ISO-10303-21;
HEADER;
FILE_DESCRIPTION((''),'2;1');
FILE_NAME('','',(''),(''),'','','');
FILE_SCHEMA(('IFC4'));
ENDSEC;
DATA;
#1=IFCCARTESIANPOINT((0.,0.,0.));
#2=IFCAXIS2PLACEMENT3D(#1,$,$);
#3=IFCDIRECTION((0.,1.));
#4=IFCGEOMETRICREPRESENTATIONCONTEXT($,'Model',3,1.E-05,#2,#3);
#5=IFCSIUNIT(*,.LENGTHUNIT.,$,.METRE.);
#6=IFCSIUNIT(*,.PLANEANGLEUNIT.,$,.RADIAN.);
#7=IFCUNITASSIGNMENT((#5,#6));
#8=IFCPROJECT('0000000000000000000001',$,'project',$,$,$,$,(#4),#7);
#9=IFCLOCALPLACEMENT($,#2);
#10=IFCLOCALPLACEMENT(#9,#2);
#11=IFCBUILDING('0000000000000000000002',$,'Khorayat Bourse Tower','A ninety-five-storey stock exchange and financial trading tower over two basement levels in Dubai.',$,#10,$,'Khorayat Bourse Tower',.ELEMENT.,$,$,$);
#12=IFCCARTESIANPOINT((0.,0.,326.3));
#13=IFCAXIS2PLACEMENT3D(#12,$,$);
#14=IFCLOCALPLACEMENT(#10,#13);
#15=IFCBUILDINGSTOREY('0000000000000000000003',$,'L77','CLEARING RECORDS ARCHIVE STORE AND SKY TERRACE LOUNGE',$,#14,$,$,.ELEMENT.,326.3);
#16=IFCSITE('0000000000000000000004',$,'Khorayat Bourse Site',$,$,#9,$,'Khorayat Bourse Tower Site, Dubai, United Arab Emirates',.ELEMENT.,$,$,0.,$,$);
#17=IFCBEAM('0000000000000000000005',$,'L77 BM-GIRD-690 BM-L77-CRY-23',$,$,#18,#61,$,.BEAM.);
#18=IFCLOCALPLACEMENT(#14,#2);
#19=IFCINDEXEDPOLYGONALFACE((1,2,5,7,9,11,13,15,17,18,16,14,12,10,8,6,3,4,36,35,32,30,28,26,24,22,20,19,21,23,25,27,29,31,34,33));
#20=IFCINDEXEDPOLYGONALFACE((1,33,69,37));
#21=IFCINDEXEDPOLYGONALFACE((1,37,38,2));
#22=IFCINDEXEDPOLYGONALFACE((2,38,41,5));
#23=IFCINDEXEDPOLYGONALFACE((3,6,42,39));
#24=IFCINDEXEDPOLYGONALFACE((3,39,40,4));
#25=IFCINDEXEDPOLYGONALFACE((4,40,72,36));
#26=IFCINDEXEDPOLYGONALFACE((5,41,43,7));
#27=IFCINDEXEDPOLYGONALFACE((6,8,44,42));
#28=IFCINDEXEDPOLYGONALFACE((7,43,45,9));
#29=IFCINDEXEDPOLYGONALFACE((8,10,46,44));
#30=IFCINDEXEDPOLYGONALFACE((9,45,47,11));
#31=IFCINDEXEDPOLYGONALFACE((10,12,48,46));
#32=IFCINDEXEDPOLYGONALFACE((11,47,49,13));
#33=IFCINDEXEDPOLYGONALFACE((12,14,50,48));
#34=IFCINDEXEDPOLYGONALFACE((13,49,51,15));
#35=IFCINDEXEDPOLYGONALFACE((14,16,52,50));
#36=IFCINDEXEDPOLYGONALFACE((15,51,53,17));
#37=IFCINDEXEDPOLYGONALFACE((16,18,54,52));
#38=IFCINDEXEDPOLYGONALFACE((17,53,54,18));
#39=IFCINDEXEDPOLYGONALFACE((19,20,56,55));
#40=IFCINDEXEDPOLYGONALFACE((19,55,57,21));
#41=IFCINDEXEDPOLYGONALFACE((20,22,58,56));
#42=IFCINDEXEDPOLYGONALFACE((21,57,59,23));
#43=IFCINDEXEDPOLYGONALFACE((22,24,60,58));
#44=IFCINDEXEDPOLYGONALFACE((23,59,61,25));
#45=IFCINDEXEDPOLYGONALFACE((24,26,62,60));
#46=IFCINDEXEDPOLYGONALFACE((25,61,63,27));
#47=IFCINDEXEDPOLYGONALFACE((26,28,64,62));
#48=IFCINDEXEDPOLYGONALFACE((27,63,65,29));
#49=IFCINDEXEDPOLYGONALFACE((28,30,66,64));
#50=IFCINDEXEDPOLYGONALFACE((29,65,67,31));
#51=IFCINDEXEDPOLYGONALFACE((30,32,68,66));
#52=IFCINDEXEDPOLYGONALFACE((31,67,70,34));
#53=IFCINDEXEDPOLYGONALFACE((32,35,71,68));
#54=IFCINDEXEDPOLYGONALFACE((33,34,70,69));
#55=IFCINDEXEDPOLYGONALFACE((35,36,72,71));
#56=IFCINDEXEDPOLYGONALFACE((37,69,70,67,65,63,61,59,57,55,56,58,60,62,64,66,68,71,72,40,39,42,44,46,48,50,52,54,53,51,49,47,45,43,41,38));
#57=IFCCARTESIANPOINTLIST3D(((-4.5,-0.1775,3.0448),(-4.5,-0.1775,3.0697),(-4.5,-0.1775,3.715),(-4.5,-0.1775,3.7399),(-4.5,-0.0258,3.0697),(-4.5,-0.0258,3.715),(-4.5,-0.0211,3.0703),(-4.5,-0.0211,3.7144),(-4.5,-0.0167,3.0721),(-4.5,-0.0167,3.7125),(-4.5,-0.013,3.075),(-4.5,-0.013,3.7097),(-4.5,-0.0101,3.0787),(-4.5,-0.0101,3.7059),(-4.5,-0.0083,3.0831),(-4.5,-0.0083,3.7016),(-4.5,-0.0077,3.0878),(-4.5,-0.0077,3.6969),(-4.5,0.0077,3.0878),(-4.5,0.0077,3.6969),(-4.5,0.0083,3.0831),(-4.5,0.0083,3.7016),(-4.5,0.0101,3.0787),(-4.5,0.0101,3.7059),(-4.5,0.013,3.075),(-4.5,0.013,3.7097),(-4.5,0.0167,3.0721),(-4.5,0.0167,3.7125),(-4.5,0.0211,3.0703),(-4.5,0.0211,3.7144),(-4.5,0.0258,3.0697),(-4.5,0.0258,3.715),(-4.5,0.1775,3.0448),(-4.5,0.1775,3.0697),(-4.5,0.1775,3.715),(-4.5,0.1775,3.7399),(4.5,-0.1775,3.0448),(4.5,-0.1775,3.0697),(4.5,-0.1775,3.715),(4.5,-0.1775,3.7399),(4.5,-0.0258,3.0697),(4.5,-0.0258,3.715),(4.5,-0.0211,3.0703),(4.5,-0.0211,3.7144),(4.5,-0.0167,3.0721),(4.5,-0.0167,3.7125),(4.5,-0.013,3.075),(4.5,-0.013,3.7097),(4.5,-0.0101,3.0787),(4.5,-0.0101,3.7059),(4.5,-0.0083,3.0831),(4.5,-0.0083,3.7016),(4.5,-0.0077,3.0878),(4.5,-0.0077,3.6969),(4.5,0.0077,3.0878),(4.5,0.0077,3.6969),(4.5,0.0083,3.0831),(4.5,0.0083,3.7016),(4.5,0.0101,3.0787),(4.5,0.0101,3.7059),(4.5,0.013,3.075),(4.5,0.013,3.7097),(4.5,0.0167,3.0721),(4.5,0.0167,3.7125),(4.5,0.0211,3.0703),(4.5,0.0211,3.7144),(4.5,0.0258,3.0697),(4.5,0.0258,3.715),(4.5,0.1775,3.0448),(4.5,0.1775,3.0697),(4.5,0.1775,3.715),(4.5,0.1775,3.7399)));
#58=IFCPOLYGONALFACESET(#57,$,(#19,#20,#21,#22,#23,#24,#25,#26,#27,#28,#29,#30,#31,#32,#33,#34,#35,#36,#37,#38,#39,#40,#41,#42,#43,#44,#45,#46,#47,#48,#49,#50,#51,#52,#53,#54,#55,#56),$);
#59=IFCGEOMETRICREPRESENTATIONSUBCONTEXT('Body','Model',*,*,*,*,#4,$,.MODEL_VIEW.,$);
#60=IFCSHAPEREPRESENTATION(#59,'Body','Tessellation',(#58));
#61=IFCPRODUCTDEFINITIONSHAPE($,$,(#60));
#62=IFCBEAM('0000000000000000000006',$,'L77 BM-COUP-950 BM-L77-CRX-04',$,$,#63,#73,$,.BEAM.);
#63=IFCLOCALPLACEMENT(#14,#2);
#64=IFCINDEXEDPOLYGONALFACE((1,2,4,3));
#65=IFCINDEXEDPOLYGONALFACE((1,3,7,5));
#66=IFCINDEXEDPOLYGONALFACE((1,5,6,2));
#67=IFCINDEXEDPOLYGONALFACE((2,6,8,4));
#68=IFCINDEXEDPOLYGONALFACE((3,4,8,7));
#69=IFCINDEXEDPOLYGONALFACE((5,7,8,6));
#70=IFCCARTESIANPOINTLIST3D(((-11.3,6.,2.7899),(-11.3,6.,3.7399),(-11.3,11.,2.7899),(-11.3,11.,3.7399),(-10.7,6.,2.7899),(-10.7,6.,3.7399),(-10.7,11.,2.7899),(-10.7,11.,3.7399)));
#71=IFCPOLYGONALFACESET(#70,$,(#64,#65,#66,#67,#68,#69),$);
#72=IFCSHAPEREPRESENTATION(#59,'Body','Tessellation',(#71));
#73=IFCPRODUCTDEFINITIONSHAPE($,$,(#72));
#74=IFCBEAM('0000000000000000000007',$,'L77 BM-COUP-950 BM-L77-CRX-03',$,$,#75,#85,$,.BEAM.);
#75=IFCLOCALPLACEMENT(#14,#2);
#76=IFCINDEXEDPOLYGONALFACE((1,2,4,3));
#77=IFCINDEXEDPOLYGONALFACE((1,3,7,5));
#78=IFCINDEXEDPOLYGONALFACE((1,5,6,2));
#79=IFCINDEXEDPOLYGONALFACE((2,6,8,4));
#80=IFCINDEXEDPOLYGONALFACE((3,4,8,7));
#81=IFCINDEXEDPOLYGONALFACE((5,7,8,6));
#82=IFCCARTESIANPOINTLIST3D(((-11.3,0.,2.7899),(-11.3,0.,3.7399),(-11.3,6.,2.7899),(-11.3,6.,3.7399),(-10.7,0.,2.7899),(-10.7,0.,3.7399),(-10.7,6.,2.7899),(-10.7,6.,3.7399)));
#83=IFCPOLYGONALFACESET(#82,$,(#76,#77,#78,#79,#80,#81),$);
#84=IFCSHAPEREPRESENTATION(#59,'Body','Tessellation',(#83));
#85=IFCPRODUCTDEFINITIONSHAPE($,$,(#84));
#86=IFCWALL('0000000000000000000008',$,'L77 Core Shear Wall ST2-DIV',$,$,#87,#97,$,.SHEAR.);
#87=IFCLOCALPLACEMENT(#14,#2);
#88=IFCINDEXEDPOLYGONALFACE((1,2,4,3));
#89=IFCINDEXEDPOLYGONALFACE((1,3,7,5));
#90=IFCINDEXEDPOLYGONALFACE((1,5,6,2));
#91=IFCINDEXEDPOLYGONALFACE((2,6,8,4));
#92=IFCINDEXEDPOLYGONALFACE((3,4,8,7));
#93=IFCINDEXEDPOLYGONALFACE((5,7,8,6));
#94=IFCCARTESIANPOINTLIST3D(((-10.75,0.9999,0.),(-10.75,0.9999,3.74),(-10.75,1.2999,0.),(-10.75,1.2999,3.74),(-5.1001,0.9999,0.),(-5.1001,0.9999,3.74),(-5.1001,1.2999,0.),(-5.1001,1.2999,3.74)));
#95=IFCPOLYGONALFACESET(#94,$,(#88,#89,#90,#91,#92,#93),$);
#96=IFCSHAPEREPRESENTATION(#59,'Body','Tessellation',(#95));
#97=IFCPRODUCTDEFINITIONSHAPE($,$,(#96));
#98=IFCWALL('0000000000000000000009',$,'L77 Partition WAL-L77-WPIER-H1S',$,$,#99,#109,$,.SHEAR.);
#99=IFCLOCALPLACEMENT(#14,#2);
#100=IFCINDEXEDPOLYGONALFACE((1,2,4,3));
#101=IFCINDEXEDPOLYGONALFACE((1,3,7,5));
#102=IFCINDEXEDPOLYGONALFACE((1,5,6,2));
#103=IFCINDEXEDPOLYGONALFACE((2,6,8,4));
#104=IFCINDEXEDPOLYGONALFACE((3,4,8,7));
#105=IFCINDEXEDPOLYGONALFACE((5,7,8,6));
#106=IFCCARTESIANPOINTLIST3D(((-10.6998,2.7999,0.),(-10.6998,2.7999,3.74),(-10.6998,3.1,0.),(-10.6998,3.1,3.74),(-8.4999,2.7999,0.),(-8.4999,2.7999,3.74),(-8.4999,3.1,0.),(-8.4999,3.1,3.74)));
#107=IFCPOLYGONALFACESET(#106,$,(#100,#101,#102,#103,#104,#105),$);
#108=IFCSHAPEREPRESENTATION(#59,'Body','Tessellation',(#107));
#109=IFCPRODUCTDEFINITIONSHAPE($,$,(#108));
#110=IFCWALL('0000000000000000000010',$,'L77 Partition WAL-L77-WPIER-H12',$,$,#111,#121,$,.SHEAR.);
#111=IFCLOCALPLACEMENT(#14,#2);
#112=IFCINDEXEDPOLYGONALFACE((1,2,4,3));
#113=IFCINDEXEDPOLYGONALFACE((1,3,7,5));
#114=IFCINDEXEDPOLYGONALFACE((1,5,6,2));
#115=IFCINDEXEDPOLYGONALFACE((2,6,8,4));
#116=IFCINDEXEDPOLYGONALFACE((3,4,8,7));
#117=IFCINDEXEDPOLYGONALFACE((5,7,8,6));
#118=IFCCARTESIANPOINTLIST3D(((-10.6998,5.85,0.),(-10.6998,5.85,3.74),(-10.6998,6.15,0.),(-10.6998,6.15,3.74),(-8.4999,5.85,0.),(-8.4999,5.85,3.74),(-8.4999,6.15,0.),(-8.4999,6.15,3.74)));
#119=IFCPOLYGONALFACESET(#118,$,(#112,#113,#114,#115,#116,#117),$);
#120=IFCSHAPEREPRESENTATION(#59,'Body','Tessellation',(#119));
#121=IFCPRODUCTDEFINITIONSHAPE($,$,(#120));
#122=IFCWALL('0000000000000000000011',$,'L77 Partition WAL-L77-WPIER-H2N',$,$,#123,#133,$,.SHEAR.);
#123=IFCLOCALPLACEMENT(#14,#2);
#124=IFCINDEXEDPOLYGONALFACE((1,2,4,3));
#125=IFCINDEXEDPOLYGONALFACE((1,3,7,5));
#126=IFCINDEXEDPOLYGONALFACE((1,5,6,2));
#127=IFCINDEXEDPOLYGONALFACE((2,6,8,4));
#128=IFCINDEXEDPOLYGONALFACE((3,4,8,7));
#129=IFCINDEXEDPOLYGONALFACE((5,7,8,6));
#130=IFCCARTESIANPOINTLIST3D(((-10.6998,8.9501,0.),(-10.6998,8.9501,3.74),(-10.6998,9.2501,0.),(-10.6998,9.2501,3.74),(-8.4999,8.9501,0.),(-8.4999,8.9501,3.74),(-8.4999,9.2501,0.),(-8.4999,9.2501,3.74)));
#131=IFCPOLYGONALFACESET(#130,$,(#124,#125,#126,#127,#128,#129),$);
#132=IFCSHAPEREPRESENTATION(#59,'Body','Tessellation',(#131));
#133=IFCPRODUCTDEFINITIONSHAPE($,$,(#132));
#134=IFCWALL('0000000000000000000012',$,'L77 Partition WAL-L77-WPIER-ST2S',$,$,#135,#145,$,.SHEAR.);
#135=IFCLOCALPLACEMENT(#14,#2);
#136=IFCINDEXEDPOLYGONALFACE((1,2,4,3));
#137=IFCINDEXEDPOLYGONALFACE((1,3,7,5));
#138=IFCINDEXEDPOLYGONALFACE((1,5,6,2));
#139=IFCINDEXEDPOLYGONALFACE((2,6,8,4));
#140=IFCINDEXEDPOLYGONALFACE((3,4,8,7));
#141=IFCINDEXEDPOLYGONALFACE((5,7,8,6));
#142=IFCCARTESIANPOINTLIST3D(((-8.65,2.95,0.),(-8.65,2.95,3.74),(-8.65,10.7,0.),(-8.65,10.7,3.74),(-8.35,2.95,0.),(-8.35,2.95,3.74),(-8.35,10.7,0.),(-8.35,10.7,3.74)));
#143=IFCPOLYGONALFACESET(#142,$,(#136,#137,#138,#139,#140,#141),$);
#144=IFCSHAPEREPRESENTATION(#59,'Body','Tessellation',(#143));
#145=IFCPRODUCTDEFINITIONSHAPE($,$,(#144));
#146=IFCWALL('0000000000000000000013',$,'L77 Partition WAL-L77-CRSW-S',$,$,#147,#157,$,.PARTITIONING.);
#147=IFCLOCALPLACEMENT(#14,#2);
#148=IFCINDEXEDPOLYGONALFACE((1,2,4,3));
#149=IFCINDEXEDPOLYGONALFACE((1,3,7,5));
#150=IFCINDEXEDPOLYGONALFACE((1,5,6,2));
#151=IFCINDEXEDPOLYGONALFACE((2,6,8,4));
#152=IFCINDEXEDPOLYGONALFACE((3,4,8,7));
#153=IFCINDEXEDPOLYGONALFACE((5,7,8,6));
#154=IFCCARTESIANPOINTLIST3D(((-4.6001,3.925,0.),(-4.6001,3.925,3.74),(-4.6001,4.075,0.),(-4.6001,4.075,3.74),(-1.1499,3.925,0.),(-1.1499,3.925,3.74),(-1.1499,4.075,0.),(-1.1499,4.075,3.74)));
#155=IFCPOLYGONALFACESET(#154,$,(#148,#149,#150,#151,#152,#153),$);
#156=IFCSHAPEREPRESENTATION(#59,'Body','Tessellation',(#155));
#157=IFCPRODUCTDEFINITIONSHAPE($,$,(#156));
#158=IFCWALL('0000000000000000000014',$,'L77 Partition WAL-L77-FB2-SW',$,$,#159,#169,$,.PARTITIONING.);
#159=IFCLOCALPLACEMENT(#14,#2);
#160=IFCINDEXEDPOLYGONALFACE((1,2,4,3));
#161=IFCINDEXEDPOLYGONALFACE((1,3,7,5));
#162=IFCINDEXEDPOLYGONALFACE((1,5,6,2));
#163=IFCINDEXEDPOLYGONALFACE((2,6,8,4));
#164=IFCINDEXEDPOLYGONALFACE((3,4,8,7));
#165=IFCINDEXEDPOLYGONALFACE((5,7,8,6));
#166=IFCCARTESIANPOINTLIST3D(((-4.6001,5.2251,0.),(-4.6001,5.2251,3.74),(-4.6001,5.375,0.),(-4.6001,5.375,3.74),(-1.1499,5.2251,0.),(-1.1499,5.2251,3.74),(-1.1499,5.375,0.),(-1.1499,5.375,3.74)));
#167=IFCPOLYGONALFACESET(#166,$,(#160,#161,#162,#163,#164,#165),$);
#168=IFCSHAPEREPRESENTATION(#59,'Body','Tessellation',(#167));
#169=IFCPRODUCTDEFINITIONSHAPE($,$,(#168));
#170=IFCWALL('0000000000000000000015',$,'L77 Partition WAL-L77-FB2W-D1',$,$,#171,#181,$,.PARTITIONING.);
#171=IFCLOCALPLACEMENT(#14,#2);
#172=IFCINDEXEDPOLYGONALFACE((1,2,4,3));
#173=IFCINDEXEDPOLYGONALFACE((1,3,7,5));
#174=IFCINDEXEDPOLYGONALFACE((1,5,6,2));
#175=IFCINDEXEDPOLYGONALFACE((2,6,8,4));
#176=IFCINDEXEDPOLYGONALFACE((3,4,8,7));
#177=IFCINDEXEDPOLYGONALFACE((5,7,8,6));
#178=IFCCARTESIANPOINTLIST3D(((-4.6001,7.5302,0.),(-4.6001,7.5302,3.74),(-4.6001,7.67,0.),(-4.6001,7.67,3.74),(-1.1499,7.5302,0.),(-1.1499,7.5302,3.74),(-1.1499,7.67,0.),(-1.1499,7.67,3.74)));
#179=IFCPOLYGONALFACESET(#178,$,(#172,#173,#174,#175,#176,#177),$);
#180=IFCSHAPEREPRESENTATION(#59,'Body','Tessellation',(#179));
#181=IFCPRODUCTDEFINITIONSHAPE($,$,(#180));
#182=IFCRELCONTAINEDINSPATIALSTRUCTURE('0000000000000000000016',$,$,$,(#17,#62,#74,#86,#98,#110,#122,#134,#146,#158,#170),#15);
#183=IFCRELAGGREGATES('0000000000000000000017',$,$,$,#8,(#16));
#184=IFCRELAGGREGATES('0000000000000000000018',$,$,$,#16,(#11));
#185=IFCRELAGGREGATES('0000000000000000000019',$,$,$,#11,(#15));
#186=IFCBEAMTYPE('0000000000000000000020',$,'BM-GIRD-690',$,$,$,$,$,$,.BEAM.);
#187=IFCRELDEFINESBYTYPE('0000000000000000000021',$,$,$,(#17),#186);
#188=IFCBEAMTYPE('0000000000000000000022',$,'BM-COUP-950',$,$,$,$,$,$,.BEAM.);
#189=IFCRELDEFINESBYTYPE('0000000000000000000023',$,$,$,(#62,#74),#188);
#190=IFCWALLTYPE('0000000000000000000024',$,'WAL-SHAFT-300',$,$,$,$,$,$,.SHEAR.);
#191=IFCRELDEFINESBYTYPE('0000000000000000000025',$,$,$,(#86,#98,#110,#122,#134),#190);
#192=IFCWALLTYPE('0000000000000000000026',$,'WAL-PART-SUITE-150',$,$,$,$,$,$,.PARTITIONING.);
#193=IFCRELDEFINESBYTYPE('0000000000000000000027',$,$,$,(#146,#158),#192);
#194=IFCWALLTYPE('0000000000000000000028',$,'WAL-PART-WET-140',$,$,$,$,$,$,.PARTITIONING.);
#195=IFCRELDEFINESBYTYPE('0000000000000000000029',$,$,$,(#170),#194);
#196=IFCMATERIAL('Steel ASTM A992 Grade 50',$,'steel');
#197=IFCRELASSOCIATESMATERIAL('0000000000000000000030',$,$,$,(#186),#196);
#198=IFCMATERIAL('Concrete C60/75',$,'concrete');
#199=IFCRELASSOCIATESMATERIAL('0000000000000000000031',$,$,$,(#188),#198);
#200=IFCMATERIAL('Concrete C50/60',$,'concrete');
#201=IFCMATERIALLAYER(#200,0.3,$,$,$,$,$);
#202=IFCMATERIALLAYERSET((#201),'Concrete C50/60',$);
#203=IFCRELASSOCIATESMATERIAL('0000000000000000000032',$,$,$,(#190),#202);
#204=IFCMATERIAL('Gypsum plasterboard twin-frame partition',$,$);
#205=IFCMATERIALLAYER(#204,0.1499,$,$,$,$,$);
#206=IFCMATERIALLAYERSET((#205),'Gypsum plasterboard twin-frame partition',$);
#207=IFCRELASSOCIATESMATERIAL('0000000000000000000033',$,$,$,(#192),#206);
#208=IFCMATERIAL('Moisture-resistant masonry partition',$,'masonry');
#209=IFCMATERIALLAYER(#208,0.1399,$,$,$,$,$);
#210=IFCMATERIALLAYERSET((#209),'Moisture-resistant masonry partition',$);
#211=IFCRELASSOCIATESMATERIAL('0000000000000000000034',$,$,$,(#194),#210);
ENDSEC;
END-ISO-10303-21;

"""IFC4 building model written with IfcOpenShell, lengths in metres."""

from ifc_helpers import new_model, si_unit, direction, frame, frame_2d, origin, origin_2d, place, context, subcontext, project, spatial, rectangle, i_section, extrude, source, transform, mapped, material, layer, layer_set, material_profile, profile_set, type_object, element, save


model = new_model("IFC4")

# Units and contexts
model_context = context("Model", 3, precision=1e-05, world=origin(), true_north=direction((0.0, 1.0)))
body_context = subcontext(model_context, "Body", "Model", "MODEL_VIEW")
ifc_project = project(units=[si_unit("LENGTHUNIT", "METRE"), si_unit("PLANEANGLEUNIT", "RADIAN")], contexts=[model_context])

# Site, building, storey
site_placement = place(None, origin())
site = spatial("IfcSite", under=ifc_project, at=site_placement, Name="Khorayat Bourse Site", LongName="Khorayat Bourse Tower Site, Dubai, United Arab Emirates", CompositionType="ELEMENT", RefElevation=0.0)
building_placement = place(site_placement, origin())
building = spatial("IfcBuilding", under=site, at=building_placement, Name="Khorayat Bourse Tower", Description="A ninety-five-storey stock exchange and financial trading tower over two basement levels in Dubai.", LongName="Khorayat Bourse Tower", CompositionType="ELEMENT")
storey_placement = place(building_placement, frame((0.0, 0.0, 326.3)))
storey = spatial("IfcBuildingStorey", under=building, at=storey_placement, Name="L77", Description="CLEARING RECORDS ARCHIVE STORE AND SKY TERRACE LOUNGE", CompositionType="ELEMENT", Elevation=326.3)

# Beams
ifc_material_1 = material(Name="Steel ASTM A992 Grade 50", Category="steel")
ifc_material_profile_1 = material_profile(ifc_material_1, i_section(OverallWidth=0.355, OverallDepth=0.6951, WebThickness=0.0154, FlangeThickness=0.0249, FilletRadius=0.0181, at=origin_2d()), Name="W690X217")
ifc_profile_set_1 = profile_set([ifc_material_profile_1], Name="Steel ASTM A992 Grade 50")
beam_type_1 = type_object("IfcBeamType", Name="BM-GIRD-690", PredefinedType="BEAM", material=ifc_profile_set_1)
shared_shape_1 = source(origin(), body_context, "Body", "SweptSolid", [
    extrude(i_section(OverallWidth=0.355, OverallDepth=0.6951, WebThickness=0.0154, FlangeThickness=0.0249, FilletRadius=0.0181, at=origin_2d()), origin(), (0.0, 0.0, 1.0), 9.0),
])
beam_1_placement = place(storey_placement, frame((-4.5, 0.0, 3.3923), z_axis=(1.0, 0.0, 0.0), x_axis=(0.0, 1.0, 0.0)))
element("IfcBeam", 1, at=beam_1_placement, inside=storey, type_object=beam_type_1, Name="L77 BM-GIRD-690 BM-L77-CRY-23", PredefinedType="BEAM", context=body_context, shape_type="MappedRepresentation", body=[
    mapped(shared_shape_1, transform((0.0, 0.0, 0.0), scale=1.0)),
])
ifc_material_2 = material(Name="Concrete C60/75", Category="concrete")
ifc_material_profile_2 = material_profile(ifc_material_2, rectangle(XDim=0.6001, YDim=0.95, at=origin_2d()), Name="RC 600x950")
ifc_profile_set_2 = profile_set([ifc_material_profile_2], Name="Concrete C60/75")
beam_type_2 = type_object("IfcBeamType", Name="BM-COUP-950", PredefinedType="BEAM", material=ifc_profile_set_2)
shared_shape_2 = source(origin(), body_context, "Body", "SweptSolid", [
    extrude(rectangle(XDim=0.6001, YDim=0.95, at=origin_2d()), origin(), (0.0, 0.0, 1.0), 5.0),
])
beam_2_placement = place(storey_placement, frame((-11.0, 6.0, 3.2649), z_axis=(0.0, 1.0, 0.0), x_axis=(-1.0, 0.0, 0.0)))
element("IfcBeam", 2, at=beam_2_placement, inside=storey, type_object=beam_type_2, Name="L77 BM-COUP-950 BM-L77-CRX-04", PredefinedType="BEAM", context=body_context, shape_type="MappedRepresentation", body=[
    mapped(shared_shape_2, transform((0.0, 0.0, 0.0), scale=1.0)),
])
shared_shape_3 = source(origin(), body_context, "Body", "SweptSolid", [
    extrude(rectangle(XDim=0.6001, YDim=0.95, at=origin_2d()), origin(), (0.0, 0.0, 1.0), 6.0),
])
beam_3_placement = place(storey_placement, frame((-11.0, 0.0, 3.2649), z_axis=(0.0, 1.0, 0.0), x_axis=(-1.0, 0.0, 0.0)))
element("IfcBeam", 3, at=beam_3_placement, inside=storey, type_object=beam_type_2, Name="L77 BM-COUP-950 BM-L77-CRX-03", PredefinedType="BEAM", context=body_context, shape_type="MappedRepresentation", body=[
    mapped(shared_shape_3, transform((0.0, 0.0, 0.0), scale=1.0)),
])

# Walls
ifc_material_3 = material(Name="Concrete C50/60", Category="concrete")
ifc_layer_1 = layer(ifc_material_3, 0.3)
ifc_layer_set_1 = layer_set([ifc_layer_1], Name="Concrete C50/60")
wall_type_1 = type_object("IfcWallType", Name="WAL-SHAFT-300", PredefinedType="SHEAR", material=ifc_layer_set_1)
shared_shape_4 = source(origin(), body_context, "Body", "SweptSolid", [
    extrude(rectangle(XDim=5.6499, YDim=0.3, at=frame_2d((2.825, 0.0))), origin(), (0.0, 0.0, 1.0), 3.74),
])
wall_1_placement = place(storey_placement, frame((-10.75, 1.1499, 0.0), z_axis=(0.0, 0.0, 1.0), x_axis=(1.0, 0.0, 0.0)))
element("IfcWall", 4, at=wall_1_placement, inside=storey, type_object=wall_type_1, Name="L77 Core Shear Wall ST2-DIV", PredefinedType="SHEAR", context=body_context, shape_type="MappedRepresentation", body=[
    mapped(shared_shape_4, transform((0.0, 0.0, 0.0), scale=1.0)),
])
shared_shape_5 = source(origin(), body_context, "Body", "SweptSolid", [
    extrude(rectangle(XDim=2.2, YDim=0.3, at=frame_2d((1.1001, 0.0))), origin(), (0.0, 0.0, 1.0), 3.74),
])
for number, where, z_axis, x_axis, name in (
    (5, (-10.7, 2.95, 0.0), (0.0, 0.0, 1.0), (1.0, 0.0, 0.0), "L77 Partition WAL-L77-WPIER-H1S"),
    (6, (-10.7, 6.0, 0.0), (0.0, 0.0, 1.0), (1.0, 0.0, 0.0), "L77 Partition WAL-L77-WPIER-H12"),
    (7, (-10.7, 9.1001, 0.0), (0.0, 0.0, 1.0), (1.0, 0.0, 0.0), "L77 Partition WAL-L77-WPIER-H2N"),
):
    element("IfcWall", number, at=place(storey_placement, frame(where, z_axis=z_axis, x_axis=x_axis)), inside=storey, type_object=wall_type_1, Name=name, PredefinedType="SHEAR", context=body_context, shape_type="MappedRepresentation", body=[
        mapped(shared_shape_5, transform((0.0, 0.0, 0.0), scale=1.0)),
    ])
shared_shape_6 = source(origin(), body_context, "Body", "SweptSolid", [
    extrude(rectangle(XDim=7.75, YDim=0.3, at=frame_2d((3.875, 0.0))), origin(), (0.0, 0.0, 1.0), 3.74),
])
wall_2_placement = place(storey_placement, frame((-8.5, 2.95, 0.0), z_axis=(0.0, 0.0, 1.0), x_axis=(0.0, 1.0, 0.0)))
element("IfcWall", 8, at=wall_2_placement, inside=storey, type_object=wall_type_1, Name="L77 Partition WAL-L77-WPIER-ST2S", PredefinedType="SHEAR", context=body_context, shape_type="MappedRepresentation", body=[
    mapped(shared_shape_6, transform((0.0, 0.0, 0.0), scale=1.0)),
])
ifc_material_4 = material(Name="Gypsum plasterboard twin-frame partition")
ifc_layer_2 = layer(ifc_material_4, 0.1499)
ifc_layer_set_2 = layer_set([ifc_layer_2], Name="Gypsum plasterboard twin-frame partition")
wall_type_2 = type_object("IfcWallType", Name="WAL-PART-SUITE-150", PredefinedType="PARTITIONING", material=ifc_layer_set_2)
shared_shape_7 = source(origin(), body_context, "Body", "SweptSolid", [
    extrude(rectangle(XDim=3.4502, YDim=0.1499, at=frame_2d((1.7251, 0.0))), origin(), (0.0, 0.0, 1.0), 3.74),
])
for number, where, z_axis, x_axis, name in (
    (9, (-4.6001, 4.0, 0.0), (0.0, 0.0, 1.0), (1.0, 0.0, 0.0), "L77 Partition WAL-L77-CRSW-S"),
    (10, (-4.6001, 5.3, 0.0), (0.0, 0.0, 1.0), (1.0, 0.0, 0.0), "L77 Partition WAL-L77-FB2-SW"),
):
    element("IfcWall", number, at=place(storey_placement, frame(where, z_axis=z_axis, x_axis=x_axis)), inside=storey, type_object=wall_type_2, Name=name, PredefinedType="PARTITIONING", context=body_context, shape_type="MappedRepresentation", body=[
        mapped(shared_shape_7, transform((0.0, 0.0, 0.0), scale=1.0)),
    ])
ifc_material_5 = material(Name="Moisture-resistant masonry partition", Category="masonry")
ifc_layer_3 = layer(ifc_material_5, 0.1399)
ifc_layer_set_3 = layer_set([ifc_layer_3], Name="Moisture-resistant masonry partition")
wall_type_3 = type_object("IfcWallType", Name="WAL-PART-WET-140", PredefinedType="PARTITIONING", material=ifc_layer_set_3)
shared_shape_8 = source(origin(), body_context, "Body", "SweptSolid", [
    extrude(rectangle(XDim=3.4502, YDim=0.1399, at=frame_2d((1.7251, 0.0))), origin(), (0.0, 0.0, 1.0), 3.74),
])
wall_3_placement = place(storey_placement, frame((-4.6001, 7.6001, 0.0), z_axis=(0.0, 0.0, 1.0), x_axis=(1.0, 0.0, 0.0)))
element("IfcWall", 11, at=wall_3_placement, inside=storey, type_object=wall_type_3, Name="L77 Partition WAL-L77-FB2W-D1", PredefinedType="PARTITIONING", context=body_context, shape_type="MappedRepresentation", body=[
    mapped(shared_shape_8, transform((0.0, 0.0, 0.0), scale=1.0)),
])

save(model, "model.ifc")
